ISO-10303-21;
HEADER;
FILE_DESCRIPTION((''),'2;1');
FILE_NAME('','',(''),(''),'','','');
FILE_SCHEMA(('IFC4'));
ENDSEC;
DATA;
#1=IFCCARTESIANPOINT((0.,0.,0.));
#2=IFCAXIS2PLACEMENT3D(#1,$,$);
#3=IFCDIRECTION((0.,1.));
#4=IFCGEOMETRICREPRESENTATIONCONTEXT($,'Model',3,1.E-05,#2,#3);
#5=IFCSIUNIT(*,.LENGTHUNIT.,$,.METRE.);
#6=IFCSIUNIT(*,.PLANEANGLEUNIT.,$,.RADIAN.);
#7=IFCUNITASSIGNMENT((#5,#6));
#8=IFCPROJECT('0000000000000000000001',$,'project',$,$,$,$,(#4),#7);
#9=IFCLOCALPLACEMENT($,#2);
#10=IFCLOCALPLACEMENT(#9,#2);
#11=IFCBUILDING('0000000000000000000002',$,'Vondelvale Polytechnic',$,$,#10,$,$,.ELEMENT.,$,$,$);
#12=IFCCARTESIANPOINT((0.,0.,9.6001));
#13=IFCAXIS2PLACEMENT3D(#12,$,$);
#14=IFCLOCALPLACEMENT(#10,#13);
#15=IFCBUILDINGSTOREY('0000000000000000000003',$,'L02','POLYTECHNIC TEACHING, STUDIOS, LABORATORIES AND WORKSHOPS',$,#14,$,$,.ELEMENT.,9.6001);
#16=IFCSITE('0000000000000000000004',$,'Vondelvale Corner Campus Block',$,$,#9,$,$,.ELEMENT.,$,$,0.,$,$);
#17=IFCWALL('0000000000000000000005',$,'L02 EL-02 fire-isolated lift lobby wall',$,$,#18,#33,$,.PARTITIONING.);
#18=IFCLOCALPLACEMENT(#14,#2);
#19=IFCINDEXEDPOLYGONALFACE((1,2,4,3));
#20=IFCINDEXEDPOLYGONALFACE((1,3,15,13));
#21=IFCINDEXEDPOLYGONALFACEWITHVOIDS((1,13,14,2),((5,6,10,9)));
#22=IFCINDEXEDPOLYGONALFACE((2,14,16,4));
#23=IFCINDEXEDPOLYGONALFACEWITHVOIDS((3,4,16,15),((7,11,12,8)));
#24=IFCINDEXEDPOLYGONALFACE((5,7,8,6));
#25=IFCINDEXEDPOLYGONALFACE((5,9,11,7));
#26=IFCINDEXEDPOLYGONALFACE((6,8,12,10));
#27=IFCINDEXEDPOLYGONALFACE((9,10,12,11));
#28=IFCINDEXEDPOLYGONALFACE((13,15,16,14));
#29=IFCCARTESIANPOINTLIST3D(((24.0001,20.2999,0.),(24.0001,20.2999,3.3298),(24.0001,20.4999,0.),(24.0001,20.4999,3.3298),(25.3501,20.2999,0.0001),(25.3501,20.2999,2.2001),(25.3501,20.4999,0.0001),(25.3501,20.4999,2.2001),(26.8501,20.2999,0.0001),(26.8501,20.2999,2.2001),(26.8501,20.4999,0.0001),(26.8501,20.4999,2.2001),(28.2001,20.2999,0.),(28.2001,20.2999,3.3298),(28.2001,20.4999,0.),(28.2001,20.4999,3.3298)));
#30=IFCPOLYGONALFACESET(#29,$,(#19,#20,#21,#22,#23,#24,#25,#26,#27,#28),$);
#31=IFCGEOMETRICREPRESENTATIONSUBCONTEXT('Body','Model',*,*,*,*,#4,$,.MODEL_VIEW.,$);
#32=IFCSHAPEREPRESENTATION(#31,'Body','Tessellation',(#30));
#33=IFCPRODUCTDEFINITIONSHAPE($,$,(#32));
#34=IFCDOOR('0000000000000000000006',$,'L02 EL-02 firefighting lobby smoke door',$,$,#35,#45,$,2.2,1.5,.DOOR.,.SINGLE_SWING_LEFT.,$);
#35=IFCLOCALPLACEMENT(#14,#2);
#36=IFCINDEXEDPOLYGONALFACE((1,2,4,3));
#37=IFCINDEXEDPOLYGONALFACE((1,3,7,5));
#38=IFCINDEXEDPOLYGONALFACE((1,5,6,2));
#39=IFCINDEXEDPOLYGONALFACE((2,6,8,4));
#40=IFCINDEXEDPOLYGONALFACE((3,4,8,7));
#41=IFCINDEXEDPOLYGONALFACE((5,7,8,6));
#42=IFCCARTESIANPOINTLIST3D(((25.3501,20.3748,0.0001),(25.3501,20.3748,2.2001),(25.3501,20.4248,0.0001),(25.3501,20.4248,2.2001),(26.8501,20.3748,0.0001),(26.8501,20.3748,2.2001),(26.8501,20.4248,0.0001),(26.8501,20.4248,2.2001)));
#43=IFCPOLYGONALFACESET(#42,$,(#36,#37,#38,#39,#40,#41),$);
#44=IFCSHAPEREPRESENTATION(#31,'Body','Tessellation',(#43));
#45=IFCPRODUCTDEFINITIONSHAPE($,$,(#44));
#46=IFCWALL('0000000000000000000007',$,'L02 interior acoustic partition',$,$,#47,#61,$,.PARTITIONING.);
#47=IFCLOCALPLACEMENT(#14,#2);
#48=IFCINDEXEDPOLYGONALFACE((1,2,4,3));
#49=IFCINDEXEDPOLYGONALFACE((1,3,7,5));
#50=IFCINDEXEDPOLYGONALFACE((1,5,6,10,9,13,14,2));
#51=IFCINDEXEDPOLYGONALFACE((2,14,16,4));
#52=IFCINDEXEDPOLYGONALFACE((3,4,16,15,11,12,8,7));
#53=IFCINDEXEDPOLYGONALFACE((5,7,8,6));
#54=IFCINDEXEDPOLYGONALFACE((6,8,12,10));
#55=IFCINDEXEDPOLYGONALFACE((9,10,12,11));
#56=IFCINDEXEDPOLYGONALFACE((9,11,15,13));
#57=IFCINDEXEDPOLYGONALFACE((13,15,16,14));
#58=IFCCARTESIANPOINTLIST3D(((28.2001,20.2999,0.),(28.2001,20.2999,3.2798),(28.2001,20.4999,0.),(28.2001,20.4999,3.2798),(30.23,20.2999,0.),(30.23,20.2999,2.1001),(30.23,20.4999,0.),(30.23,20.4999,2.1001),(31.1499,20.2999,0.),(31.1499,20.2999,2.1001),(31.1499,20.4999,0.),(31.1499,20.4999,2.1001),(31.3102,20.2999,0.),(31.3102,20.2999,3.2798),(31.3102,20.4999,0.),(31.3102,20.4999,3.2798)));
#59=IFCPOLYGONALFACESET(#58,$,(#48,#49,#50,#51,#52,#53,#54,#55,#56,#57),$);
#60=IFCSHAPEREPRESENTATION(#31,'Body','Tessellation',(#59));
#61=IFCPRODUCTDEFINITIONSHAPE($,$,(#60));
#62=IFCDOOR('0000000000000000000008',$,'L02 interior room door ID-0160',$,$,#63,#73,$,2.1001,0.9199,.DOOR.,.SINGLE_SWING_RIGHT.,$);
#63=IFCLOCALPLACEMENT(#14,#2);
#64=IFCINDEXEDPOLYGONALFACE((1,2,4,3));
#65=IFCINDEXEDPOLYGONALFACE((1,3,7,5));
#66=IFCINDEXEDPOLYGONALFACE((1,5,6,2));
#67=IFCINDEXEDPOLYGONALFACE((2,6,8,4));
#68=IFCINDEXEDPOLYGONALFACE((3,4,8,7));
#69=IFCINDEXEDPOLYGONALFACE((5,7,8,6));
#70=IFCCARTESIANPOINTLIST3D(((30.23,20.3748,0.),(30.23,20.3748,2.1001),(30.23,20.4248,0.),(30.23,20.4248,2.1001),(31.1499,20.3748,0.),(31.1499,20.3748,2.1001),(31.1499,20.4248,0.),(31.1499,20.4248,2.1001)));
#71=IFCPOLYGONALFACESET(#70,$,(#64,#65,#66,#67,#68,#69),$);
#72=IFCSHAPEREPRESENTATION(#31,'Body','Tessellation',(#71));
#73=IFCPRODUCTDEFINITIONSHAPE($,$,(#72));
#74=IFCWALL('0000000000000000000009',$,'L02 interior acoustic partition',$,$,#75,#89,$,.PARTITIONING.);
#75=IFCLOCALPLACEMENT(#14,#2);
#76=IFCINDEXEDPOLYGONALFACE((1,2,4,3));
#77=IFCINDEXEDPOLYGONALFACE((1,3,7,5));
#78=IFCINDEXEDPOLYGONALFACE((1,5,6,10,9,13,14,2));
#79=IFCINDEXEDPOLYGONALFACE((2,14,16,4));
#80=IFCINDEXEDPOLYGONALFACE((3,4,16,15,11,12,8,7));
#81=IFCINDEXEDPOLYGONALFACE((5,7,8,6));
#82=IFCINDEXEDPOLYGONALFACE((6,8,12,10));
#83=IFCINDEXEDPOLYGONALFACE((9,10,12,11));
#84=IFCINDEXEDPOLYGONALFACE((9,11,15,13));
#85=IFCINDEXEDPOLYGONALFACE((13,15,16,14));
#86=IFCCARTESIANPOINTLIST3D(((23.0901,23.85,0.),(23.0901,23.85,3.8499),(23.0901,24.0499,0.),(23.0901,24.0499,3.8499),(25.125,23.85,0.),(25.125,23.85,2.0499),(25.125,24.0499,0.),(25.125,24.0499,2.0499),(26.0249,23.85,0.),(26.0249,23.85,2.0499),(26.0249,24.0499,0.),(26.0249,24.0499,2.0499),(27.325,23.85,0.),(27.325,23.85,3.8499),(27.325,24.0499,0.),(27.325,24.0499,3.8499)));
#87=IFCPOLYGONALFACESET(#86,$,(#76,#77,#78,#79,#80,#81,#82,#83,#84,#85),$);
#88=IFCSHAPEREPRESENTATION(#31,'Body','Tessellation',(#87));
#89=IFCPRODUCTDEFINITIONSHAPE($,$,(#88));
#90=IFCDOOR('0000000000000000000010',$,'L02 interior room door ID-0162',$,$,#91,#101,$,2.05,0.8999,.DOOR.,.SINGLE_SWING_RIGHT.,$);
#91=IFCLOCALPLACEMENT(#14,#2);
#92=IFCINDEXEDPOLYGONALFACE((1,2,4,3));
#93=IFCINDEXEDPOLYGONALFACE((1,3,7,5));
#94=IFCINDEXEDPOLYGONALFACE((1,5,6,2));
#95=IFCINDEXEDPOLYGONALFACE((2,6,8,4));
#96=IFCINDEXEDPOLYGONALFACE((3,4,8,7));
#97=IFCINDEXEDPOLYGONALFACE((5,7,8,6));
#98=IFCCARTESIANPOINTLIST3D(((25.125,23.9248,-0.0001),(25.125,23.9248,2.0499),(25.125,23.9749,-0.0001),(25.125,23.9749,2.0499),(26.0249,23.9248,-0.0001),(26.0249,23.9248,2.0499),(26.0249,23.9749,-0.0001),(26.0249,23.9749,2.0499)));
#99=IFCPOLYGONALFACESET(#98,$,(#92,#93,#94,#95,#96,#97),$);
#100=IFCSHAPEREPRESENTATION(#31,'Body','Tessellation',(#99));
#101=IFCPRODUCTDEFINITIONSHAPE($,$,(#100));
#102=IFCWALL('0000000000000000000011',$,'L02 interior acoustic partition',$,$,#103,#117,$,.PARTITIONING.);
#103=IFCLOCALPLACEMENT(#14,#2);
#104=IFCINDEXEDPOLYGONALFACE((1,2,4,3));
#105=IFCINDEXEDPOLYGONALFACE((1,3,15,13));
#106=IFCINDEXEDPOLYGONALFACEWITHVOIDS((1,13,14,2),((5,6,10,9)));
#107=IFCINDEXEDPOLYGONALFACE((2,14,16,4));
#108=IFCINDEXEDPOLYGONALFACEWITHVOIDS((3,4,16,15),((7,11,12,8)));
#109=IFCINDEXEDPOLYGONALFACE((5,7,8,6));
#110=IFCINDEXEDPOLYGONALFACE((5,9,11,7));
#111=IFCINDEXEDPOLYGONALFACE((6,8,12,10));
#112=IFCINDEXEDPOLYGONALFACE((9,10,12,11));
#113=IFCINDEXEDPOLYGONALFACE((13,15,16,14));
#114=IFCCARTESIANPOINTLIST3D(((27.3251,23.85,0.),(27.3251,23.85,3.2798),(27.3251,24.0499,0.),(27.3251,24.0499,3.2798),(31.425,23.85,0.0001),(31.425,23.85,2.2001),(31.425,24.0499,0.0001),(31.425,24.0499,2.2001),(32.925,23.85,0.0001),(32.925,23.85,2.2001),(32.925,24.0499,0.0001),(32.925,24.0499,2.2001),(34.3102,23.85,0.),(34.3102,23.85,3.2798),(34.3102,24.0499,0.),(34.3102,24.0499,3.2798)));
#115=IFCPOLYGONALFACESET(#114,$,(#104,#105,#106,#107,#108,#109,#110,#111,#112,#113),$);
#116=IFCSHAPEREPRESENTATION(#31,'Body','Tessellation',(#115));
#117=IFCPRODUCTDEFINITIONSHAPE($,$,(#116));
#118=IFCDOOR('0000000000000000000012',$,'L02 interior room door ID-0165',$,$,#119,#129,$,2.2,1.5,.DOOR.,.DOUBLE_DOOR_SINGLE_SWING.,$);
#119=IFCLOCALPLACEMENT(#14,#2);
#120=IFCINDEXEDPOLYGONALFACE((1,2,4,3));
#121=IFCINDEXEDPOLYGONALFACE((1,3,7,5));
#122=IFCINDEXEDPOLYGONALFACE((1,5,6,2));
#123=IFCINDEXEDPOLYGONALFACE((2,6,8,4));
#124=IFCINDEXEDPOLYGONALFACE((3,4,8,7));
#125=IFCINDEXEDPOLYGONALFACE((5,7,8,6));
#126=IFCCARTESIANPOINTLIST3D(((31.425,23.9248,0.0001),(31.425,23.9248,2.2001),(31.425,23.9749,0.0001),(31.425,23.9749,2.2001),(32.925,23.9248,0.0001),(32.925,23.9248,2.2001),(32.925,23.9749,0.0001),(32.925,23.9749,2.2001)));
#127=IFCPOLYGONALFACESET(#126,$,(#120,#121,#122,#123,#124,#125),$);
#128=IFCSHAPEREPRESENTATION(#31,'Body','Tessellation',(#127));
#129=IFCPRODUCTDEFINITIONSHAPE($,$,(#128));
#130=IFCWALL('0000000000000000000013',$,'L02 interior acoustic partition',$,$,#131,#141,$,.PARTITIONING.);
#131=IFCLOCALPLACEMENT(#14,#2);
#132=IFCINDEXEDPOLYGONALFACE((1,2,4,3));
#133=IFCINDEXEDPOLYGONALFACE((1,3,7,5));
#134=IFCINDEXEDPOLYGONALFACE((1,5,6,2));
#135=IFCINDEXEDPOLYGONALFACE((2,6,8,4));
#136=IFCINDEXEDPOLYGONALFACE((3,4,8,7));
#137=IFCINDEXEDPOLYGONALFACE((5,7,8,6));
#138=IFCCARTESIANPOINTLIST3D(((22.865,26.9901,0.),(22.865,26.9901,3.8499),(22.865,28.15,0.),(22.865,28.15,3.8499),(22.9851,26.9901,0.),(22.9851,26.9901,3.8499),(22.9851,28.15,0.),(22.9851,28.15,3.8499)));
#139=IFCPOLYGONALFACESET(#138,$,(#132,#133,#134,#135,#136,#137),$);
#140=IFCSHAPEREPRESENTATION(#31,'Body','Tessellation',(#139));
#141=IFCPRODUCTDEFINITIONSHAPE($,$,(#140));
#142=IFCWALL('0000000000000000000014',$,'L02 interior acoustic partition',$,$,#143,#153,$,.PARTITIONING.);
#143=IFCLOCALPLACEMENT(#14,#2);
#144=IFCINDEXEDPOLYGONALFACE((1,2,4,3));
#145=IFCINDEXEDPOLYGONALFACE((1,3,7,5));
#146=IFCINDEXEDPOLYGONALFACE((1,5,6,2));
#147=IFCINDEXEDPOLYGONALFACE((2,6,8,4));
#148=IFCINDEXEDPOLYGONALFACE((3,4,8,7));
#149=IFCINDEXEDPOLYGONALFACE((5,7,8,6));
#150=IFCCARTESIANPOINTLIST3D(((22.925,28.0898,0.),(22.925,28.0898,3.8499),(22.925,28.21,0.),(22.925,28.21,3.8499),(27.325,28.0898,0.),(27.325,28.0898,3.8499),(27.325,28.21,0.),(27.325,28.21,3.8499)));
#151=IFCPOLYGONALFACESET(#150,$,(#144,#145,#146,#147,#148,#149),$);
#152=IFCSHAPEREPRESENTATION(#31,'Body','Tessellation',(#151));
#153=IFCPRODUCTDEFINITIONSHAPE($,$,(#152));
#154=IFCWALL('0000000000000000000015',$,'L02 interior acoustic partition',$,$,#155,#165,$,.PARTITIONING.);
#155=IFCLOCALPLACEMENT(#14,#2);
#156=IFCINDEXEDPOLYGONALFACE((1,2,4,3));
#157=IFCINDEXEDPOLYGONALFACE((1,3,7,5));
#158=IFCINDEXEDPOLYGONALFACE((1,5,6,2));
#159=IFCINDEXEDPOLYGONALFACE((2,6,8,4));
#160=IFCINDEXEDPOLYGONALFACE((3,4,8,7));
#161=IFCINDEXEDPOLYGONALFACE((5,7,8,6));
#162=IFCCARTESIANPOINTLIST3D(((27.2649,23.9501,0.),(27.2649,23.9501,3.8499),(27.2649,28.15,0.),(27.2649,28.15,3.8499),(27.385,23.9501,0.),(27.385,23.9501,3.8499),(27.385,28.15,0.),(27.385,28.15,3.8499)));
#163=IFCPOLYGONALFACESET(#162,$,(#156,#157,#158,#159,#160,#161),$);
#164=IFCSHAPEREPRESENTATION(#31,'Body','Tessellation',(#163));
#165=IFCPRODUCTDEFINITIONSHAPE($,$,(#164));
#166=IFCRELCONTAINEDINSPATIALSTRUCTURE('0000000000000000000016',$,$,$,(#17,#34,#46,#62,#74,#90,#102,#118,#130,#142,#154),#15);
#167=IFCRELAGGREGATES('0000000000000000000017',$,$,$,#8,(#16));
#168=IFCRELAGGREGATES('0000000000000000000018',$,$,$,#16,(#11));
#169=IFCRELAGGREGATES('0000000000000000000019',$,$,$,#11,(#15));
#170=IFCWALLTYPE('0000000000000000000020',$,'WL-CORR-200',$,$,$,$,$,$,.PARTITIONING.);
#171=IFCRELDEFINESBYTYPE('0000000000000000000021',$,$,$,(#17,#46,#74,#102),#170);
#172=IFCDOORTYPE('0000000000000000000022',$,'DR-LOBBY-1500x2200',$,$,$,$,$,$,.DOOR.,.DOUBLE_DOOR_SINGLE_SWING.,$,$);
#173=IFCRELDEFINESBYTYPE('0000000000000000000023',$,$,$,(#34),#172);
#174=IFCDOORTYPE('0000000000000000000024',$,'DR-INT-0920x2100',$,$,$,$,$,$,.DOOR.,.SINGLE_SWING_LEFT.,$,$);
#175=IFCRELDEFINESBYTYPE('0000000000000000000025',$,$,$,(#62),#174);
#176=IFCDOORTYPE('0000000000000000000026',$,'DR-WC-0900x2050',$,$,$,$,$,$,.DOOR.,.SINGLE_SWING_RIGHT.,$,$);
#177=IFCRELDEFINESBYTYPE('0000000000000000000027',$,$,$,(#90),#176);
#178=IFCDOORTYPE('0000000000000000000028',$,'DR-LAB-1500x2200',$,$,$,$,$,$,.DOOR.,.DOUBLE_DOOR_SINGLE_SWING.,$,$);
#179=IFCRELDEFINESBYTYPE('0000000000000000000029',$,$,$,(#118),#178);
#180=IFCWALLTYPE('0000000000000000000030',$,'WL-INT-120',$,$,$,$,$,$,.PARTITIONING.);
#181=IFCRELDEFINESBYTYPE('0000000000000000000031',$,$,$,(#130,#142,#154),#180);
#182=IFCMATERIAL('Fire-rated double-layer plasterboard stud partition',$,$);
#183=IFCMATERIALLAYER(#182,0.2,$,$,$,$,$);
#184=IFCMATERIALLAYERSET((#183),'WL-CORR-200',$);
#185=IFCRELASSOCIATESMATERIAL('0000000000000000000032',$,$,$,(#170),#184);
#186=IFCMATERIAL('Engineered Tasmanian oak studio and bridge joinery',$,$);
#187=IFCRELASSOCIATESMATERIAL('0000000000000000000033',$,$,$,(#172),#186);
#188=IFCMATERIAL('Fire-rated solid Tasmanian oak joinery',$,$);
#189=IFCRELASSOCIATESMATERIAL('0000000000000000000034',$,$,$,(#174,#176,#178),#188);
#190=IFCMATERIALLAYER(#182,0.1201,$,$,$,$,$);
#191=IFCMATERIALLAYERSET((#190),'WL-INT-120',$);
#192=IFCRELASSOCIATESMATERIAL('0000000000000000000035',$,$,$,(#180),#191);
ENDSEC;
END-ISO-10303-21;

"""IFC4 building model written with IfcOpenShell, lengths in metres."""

from ifc_helpers import new_model, si_unit, direction, frame, frame_2d, origin, place, context, subcontext, project, spatial, rectangle, extrude, material, layer, layer_set, type_object, element, fill, save


model = new_model("IFC4")

# Units and contexts
model_context = context("Model", 3, precision=1e-05, world=origin(), true_north=direction((0.0, 1.0)))
body_context = subcontext(model_context, "Body", "Model", "MODEL_VIEW")
ifc_project = project(units=[si_unit("LENGTHUNIT", "METRE"), si_unit("PLANEANGLEUNIT", "RADIAN")], contexts=[model_context])

# Site, building, storey
site_placement = place(None, origin())
site = spatial("IfcSite", under=ifc_project, at=site_placement, Name="Vondelvale Corner Campus Block", CompositionType="ELEMENT", RefElevation=0.0)
building_placement = place(site_placement, origin())
building = spatial("IfcBuilding", under=site, at=building_placement, Name="Vondelvale Polytechnic", CompositionType="ELEMENT")
storey_placement = place(building_placement, frame((0.0, 0.0, 9.6001)))
storey = spatial("IfcBuildingStorey", under=building, at=storey_placement, Name="L02", Description="POLYTECHNIC TEACHING, STUDIOS, LABORATORIES AND WORKSHOPS", CompositionType="ELEMENT", Elevation=9.6001)

# Walls, openings, doors
ifc_material_1 = material(Name="Fire-rated double-layer plasterboard stud partition")
ifc_layer_1 = layer(ifc_material_1, 0.2)
ifc_layer_set_1 = layer_set([ifc_layer_1], Name="WL-CORR-200")
wall_type_1 = type_object("IfcWallType", Name="WL-CORR-200", PredefinedType="PARTITIONING", material=ifc_layer_set_1)
ifc_material_2 = material(Name="Engineered Tasmanian oak studio and bridge joinery")
door_type_1 = type_object("IfcDoorType", Name="DR-LOBBY-1500x2200", OperationType="DOUBLE_DOOR_SINGLE_SWING", PredefinedType="DOOR", material=ifc_material_2)
wall_1_placement = place(storey_placement, frame((24.0, 20.3999, 0.0), z_axis=(0.0, 0.0, 1.0), x_axis=(1.0, 0.0, 0.0)))
wall_1 = element("IfcWall", 1, at=wall_1_placement, inside=storey, type_object=wall_type_1, Name="L02 EL-02 fire-isolated lift lobby wall", PredefinedType="PARTITIONING", context=body_context, shape_type="SweptSolid", body=[
    extrude(rectangle(XDim=4.2, YDim=0.2, at=frame_2d((2.1001, 0.0))), origin(), (0.0, 0.0, 1.0), 3.3298),
])
opening_1_placement = place(wall_1_placement, frame((1.3501, 0.0, 0.0)))
opening_1 = element("IfcOpeningElement", 2, at=opening_1_placement, cuts=wall_1, PredefinedType="OPENING", context=body_context, shape_type="SweptSolid", body=[
    extrude(rectangle(XDim=1.5, YDim=2.2, at=frame_2d((0.75, 1.1001))), frame((0.0, 0.1099, 0.0), z_axis=(0.0, -1.0, 0.0), x_axis=(1.0, 0.0, 0.0)), (0.0, 0.0, 1.0), 0.22),
])
door_1_placement = place(opening_1_placement, origin())
door_1 = element("IfcDoor", 3, at=door_1_placement, inside=storey, type_object=door_type_1, Name="L02 EL-02 firefighting lobby smoke door", OperationType="SINGLE_SWING_LEFT", OverallHeight=2.2, OverallWidth=1.5, PredefinedType="DOOR", context=body_context, shape_type="SweptSolid", body=[
    extrude(rectangle(XDim=1.5, YDim=2.2, at=frame_2d((0.75, 1.1001))), frame((0.0, 0.0249, 0.0), z_axis=(0.0, -1.0, 0.0), x_axis=(1.0, 0.0, 0.0)), (0.0, 0.0, 1.0), 0.05),
])
fill(opening_1, door_1)
wall_2_placement = place(storey_placement, frame((28.2, 20.3999, 0.0), z_axis=(0.0, 0.0, 1.0), x_axis=(1.0, 0.0, 0.0)))
wall_2 = element("IfcWall", 4, at=wall_2_placement, inside=storey, type_object=wall_type_1, Name="L02 interior acoustic partition", PredefinedType="PARTITIONING", context=body_context, shape_type="SweptSolid", body=[
    extrude(rectangle(XDim=3.1101, YDim=0.2, at=frame_2d((1.5552, 0.0))), origin(), (0.0, 0.0, 1.0), 3.2798),
])
opening_2_placement = place(wall_2_placement, frame((2.03, 0.0, 0.0)))
opening_2 = element("IfcOpeningElement", 5, at=opening_2_placement, cuts=wall_2, PredefinedType="OPENING", context=body_context, shape_type="SweptSolid", body=[
    extrude(rectangle(XDim=0.9199, YDim=2.1001, at=frame_2d((0.46, 1.05))), frame((0.0, 0.1099, 0.0), z_axis=(0.0, -1.0, 0.0), x_axis=(1.0, 0.0, 0.0)), (0.0, 0.0, 1.0), 0.22),
])
ifc_material_3 = material(Name="Fire-rated solid Tasmanian oak joinery")
door_type_2 = type_object("IfcDoorType", Name="DR-INT-0920x2100", OperationType="SINGLE_SWING_LEFT", PredefinedType="DOOR", material=ifc_material_3)
door_2_placement = place(opening_2_placement, origin())
door_2 = element("IfcDoor", 6, at=door_2_placement, inside=storey, type_object=door_type_2, Name="L02 interior room door ID-0160", OperationType="SINGLE_SWING_RIGHT", OverallHeight=2.1001, OverallWidth=0.9199, PredefinedType="DOOR", context=body_context, shape_type="SweptSolid", body=[
    extrude(rectangle(XDim=0.9199, YDim=2.1001, at=frame_2d((0.46, 1.05))), frame((0.0, 0.0249, 0.0), z_axis=(0.0, -1.0, 0.0), x_axis=(1.0, 0.0, 0.0)), (0.0, 0.0, 1.0), 0.05),
])
fill(opening_2, door_2)
wall_3_placement = place(storey_placement, frame((23.0901, 23.95, 0.0), z_axis=(0.0, 0.0, 1.0), x_axis=(1.0, 0.0, 0.0)))
wall_3 = element("IfcWall", 7, at=wall_3_placement, inside=storey, type_object=wall_type_1, Name="L02 interior acoustic partition", PredefinedType="PARTITIONING", context=body_context, shape_type="SweptSolid", body=[
    extrude(rectangle(XDim=4.2349, YDim=0.2, at=frame_2d((2.1174, 0.0))), origin(), (0.0, 0.0, 1.0), 3.8499),
])
opening_3_placement = place(wall_3_placement, frame((2.0349, 0.0, 0.0)))
opening_3 = element("IfcOpeningElement", 8, at=opening_3_placement, cuts=wall_3, PredefinedType="OPENING", context=body_context, shape_type="SweptSolid", body=[
    extrude(rectangle(XDim=0.8999, YDim=2.05, at=frame_2d((0.45, 1.0249))), frame((0.0, 0.1099, 0.0), z_axis=(0.0, -1.0, 0.0), x_axis=(1.0, 0.0, 0.0)), (0.0, 0.0, 1.0), 0.22),
])
door_type_3 = type_object("IfcDoorType", Name="DR-WC-0900x2050", OperationType="SINGLE_SWING_RIGHT", PredefinedType="DOOR", material=ifc_material_3)
door_3_placement = place(opening_3_placement, origin())
door_3 = element("IfcDoor", 9, at=door_3_placement, inside=storey, type_object=door_type_3, Name="L02 interior room door ID-0162", OperationType="SINGLE_SWING_RIGHT", OverallHeight=2.05, OverallWidth=0.8999, PredefinedType="DOOR", context=body_context, shape_type="SweptSolid", body=[
    extrude(rectangle(XDim=0.8999, YDim=2.05, at=frame_2d((0.45, 1.0249))), frame((0.0, 0.0249, 0.0), z_axis=(0.0, -1.0, 0.0), x_axis=(1.0, 0.0, 0.0)), (0.0, 0.0, 1.0), 0.05),
])
fill(opening_3, door_3)
wall_4_placement = place(storey_placement, frame((27.325, 23.95, 0.0), z_axis=(0.0, 0.0, 1.0), x_axis=(1.0, 0.0, 0.0)))
wall_4 = element("IfcWall", 10, at=wall_4_placement, inside=storey, type_object=wall_type_1, Name="L02 interior acoustic partition", PredefinedType="PARTITIONING", context=body_context, shape_type="SweptSolid", body=[
    extrude(rectangle(XDim=6.9851, YDim=0.2, at=frame_2d((3.4927, 0.0))), origin(), (0.0, 0.0, 1.0), 3.2798),
])
opening_4_placement = place(wall_4_placement, frame((4.1001, 0.0, 0.0)))
opening_4 = element("IfcOpeningElement", 11, at=opening_4_placement, cuts=wall_4, PredefinedType="OPENING", context=body_context, shape_type="SweptSolid", body=[
    extrude(rectangle(XDim=1.5, YDim=2.2, at=frame_2d((0.75, 1.1001))), frame((0.0, 0.1099, 0.0), z_axis=(0.0, -1.0, 0.0), x_axis=(1.0, 0.0, 0.0)), (0.0, 0.0, 1.0), 0.22),
])
door_type_4 = type_object("IfcDoorType", Name="DR-LAB-1500x2200", OperationType="DOUBLE_DOOR_SINGLE_SWING", PredefinedType="DOOR", material=ifc_material_3)
door_4_placement = place(opening_4_placement, origin())
door_4 = element("IfcDoor", 12, at=door_4_placement, inside=storey, type_object=door_type_4, Name="L02 interior room door ID-0165", OperationType="DOUBLE_DOOR_SINGLE_SWING", OverallHeight=2.2, OverallWidth=1.5, PredefinedType="DOOR", context=body_context, shape_type="SweptSolid", body=[
    extrude(rectangle(XDim=1.5, YDim=2.2, at=frame_2d((0.75, 1.1001))), frame((0.0, 0.0249, 0.0), z_axis=(0.0, -1.0, 0.0), x_axis=(1.0, 0.0, 0.0)), (0.0, 0.0, 1.0), 0.05),
])
fill(opening_4, door_4)

# Walls
ifc_layer_2 = layer(ifc_material_1, 0.1201)
ifc_layer_set_2 = layer_set([ifc_layer_2], Name="WL-INT-120")
wall_type_2 = type_object("IfcWallType", Name="WL-INT-120", PredefinedType="PARTITIONING", material=ifc_layer_set_2)
wall_5_placement = place(storey_placement, frame((22.925, 26.99, 0.0), z_axis=(0.0, 0.0, 1.0), x_axis=(0.0, 1.0, 0.0)))
element("IfcWall", 13, at=wall_5_placement, inside=storey, type_object=wall_type_2, Name="L02 interior acoustic partition", PredefinedType="PARTITIONING", context=body_context, shape_type="SweptSolid", body=[
    extrude(rectangle(XDim=1.1599, YDim=0.1201, at=frame_2d((0.5801, 0.0))), origin(), (0.0, 0.0, 1.0), 3.8499),
])
wall_6_placement = place(storey_placement, frame((22.925, 28.1499, 0.0), z_axis=(0.0, 0.0, 1.0), x_axis=(1.0, 0.0, 0.0)))
element("IfcWall", 14, at=wall_6_placement, inside=storey, type_object=wall_type_2, Name="L02 interior acoustic partition", PredefinedType="PARTITIONING", context=body_context, shape_type="SweptSolid", body=[
    extrude(rectangle(XDim=4.3999, YDim=0.1201, at=frame_2d((2.2, 0.0))), origin(), (0.0, 0.0, 1.0), 3.8499),
])
wall_7_placement = place(storey_placement, frame((27.325, 23.95, 0.0), z_axis=(0.0, 0.0, 1.0), x_axis=(0.0, 1.0, 0.0)))
element("IfcWall", 15, at=wall_7_placement, inside=storey, type_object=wall_type_2, Name="L02 interior acoustic partition", PredefinedType="PARTITIONING", context=body_context, shape_type="SweptSolid", body=[
    extrude(rectangle(XDim=4.2, YDim=0.1201, at=frame_2d((2.1001, 0.0))), origin(), (0.0, 0.0, 1.0), 3.8499),
])

save(model, "model.ifc")
